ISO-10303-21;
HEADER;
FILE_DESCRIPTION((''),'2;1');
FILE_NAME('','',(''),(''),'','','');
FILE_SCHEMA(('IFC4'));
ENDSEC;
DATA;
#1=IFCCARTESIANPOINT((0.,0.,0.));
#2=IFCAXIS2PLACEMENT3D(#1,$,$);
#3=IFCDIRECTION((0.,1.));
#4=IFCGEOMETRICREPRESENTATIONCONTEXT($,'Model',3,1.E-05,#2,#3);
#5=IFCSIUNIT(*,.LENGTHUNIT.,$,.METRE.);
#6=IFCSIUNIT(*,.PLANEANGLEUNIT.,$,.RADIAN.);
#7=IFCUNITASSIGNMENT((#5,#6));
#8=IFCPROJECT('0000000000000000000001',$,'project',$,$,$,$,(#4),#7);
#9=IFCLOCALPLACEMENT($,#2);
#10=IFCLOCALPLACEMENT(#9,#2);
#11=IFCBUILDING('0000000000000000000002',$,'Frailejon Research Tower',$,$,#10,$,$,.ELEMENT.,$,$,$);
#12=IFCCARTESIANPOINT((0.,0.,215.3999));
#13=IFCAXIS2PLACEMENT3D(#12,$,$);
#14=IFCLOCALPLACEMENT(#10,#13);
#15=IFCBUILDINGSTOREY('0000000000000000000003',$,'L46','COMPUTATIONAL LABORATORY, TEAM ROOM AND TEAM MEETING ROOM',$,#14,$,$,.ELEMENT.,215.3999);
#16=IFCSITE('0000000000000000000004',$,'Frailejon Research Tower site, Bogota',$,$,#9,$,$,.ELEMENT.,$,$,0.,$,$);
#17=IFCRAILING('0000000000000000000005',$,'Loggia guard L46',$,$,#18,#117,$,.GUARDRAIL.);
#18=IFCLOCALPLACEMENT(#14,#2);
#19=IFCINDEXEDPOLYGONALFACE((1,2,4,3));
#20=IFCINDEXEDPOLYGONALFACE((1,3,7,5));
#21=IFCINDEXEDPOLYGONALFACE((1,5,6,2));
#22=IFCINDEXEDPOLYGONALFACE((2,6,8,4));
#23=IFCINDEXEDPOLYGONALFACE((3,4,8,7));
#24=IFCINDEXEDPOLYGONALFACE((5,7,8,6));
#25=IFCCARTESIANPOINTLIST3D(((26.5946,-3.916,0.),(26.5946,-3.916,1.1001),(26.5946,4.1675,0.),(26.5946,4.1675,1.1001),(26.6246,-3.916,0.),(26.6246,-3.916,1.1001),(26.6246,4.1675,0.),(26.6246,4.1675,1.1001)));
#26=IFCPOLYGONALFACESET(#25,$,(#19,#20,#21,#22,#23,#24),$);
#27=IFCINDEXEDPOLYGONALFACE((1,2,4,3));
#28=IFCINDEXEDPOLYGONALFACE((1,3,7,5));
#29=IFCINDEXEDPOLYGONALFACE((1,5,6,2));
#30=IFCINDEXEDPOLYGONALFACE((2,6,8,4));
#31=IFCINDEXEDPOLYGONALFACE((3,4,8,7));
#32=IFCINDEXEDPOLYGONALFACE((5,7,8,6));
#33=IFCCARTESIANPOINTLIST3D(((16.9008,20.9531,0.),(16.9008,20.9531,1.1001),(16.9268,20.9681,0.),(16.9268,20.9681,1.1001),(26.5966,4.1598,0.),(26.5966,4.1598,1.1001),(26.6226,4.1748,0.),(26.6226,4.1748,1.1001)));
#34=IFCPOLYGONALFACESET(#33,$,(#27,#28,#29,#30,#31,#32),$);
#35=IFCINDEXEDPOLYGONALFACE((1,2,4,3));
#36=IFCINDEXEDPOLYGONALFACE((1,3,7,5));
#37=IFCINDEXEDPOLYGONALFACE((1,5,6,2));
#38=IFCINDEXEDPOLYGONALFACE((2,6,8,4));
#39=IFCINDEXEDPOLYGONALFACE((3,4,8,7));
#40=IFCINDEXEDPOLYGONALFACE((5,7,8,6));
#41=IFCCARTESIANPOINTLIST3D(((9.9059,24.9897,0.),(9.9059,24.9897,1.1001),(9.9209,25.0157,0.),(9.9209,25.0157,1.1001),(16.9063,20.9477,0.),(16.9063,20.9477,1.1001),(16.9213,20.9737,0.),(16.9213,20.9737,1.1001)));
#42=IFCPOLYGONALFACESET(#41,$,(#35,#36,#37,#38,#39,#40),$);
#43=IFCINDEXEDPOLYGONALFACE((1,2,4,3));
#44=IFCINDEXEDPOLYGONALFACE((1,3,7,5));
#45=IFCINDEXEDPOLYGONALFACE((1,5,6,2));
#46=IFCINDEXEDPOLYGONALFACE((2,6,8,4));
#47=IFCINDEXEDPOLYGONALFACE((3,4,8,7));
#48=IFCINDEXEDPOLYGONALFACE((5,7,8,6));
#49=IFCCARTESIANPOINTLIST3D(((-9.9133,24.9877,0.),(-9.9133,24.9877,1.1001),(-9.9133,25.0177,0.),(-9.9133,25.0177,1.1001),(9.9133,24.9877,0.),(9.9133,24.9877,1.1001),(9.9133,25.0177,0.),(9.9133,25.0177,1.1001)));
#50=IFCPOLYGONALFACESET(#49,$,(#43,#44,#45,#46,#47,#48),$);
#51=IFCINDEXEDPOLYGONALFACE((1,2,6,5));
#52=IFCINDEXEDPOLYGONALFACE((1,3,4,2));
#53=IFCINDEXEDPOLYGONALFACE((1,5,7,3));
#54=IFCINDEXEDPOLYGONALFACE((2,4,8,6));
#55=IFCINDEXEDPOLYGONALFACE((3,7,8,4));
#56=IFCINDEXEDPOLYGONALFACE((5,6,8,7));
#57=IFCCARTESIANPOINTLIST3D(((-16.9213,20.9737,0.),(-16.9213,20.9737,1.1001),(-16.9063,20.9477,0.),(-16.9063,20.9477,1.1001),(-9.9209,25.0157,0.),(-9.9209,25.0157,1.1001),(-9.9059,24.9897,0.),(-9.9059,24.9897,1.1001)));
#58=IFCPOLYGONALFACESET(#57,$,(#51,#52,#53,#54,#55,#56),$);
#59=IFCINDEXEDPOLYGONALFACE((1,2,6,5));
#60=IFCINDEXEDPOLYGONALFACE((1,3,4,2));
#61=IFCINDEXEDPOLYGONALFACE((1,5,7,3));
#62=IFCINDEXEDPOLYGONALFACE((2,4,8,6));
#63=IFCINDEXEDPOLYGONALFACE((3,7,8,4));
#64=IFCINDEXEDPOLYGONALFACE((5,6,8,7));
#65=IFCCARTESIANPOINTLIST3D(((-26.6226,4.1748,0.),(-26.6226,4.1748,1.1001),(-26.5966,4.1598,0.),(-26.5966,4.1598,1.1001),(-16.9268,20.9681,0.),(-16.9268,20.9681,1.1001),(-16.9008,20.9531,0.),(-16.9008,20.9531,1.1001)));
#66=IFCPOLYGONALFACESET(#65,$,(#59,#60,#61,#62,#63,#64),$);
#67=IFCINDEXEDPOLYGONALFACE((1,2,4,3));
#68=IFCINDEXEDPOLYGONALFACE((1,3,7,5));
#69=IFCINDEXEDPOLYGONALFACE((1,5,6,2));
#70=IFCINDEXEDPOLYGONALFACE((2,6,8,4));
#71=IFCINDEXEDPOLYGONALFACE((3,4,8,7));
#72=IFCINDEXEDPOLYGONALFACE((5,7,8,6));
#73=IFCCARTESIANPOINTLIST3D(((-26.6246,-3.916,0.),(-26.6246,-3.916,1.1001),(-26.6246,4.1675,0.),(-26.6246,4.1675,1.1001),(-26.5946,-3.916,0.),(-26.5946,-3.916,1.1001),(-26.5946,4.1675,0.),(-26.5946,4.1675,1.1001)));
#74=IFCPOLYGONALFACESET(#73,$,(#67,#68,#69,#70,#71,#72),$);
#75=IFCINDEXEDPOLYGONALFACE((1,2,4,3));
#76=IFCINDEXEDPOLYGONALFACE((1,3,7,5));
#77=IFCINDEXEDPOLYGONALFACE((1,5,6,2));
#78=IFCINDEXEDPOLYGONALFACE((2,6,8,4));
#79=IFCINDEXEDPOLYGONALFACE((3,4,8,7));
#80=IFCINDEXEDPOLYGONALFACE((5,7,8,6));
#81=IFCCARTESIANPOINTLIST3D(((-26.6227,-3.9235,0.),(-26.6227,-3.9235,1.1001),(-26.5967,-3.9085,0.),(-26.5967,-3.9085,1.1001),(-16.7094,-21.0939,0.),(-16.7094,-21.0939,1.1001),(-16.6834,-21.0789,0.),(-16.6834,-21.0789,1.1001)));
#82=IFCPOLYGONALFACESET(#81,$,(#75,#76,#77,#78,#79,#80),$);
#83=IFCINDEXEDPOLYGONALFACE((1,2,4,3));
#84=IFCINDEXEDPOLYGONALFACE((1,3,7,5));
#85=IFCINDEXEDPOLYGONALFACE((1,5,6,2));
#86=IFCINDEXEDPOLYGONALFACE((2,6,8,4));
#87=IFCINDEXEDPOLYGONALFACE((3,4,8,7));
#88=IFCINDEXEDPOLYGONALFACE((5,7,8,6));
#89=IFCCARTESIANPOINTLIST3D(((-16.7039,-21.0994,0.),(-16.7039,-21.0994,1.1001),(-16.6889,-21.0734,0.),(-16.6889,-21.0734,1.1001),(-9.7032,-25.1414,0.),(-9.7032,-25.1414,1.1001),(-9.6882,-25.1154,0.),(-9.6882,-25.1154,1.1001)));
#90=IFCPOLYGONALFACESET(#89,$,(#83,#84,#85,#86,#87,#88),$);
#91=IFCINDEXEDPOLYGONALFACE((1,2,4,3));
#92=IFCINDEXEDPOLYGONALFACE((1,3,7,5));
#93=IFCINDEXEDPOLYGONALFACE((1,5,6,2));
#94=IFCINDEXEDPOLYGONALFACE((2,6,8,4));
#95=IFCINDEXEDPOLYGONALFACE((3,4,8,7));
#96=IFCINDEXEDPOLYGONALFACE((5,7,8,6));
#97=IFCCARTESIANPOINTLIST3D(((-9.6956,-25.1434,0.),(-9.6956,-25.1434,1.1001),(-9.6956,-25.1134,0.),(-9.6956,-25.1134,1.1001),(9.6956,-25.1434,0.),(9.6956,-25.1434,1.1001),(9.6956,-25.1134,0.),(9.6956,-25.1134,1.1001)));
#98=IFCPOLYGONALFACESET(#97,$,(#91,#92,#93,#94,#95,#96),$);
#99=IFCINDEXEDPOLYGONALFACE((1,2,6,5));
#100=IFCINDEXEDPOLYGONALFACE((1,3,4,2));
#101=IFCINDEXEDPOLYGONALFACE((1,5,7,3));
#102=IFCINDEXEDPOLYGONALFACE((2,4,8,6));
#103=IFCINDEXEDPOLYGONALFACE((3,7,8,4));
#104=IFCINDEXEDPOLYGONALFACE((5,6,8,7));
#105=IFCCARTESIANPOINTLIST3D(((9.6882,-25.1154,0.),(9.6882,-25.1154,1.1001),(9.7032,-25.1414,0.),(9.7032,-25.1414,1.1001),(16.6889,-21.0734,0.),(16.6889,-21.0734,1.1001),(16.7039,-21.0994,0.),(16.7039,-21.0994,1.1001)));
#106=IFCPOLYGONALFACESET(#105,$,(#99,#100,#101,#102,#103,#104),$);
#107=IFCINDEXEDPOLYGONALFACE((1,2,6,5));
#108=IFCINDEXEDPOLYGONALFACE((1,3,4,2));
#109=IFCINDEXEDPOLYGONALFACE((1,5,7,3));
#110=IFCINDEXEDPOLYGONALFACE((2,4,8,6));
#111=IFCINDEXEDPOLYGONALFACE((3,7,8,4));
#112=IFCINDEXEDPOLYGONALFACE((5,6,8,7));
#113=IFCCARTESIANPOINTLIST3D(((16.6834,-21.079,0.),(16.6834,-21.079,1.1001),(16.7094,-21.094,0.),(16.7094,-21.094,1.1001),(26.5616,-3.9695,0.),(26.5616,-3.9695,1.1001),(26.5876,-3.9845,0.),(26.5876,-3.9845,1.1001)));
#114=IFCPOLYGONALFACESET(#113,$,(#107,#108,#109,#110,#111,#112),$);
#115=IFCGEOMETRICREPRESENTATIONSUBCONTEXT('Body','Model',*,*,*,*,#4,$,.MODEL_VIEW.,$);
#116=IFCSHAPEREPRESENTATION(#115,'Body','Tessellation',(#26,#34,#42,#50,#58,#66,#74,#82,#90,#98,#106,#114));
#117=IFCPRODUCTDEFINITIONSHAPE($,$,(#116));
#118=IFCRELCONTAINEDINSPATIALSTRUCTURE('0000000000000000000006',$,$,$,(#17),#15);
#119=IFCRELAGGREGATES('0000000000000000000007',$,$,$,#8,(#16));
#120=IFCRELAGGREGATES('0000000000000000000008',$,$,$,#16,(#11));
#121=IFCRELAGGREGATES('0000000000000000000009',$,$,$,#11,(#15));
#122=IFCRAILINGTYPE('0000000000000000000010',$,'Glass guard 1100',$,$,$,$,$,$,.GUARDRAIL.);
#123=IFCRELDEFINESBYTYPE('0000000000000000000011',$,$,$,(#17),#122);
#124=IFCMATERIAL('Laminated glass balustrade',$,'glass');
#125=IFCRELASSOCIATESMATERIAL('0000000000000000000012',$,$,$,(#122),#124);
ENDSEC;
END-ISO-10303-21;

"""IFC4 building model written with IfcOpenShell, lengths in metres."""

from ifc_helpers import new_model, si_unit, direction, frame, origin, origin_2d, place, context, subcontext, project, spatial, rectangle, extrude, material, type_object, element, save


model = new_model("IFC4")

# Units and contexts
model_context = context("Model", 3, precision=1e-05, world=origin(), true_north=direction((0.0, 1.0)))
body_context = subcontext(model_context, "Body", "Model", "MODEL_VIEW")
ifc_project = project(units=[si_unit("LENGTHUNIT", "METRE"), si_unit("PLANEANGLEUNIT", "RADIAN")], contexts=[model_context])

# Site, building, storey
site_placement = place(None, origin())
site = spatial("IfcSite", under=ifc_project, at=site_placement, Name="Frailejon Research Tower site, Bogota", CompositionType="ELEMENT", RefElevation=0.0)
building_placement = place(site_placement, origin())
building = spatial("IfcBuilding", under=site, at=building_placement, Name="Frailejon Research Tower", CompositionType="ELEMENT")
storey_placement = place(building_placement, frame((0.0, 0.0, 215.3999)))
storey = spatial("IfcBuildingStorey", under=building, at=storey_placement, Name="L46", Description="COMPUTATIONAL LABORATORY, TEAM ROOM AND TEAM MEETING ROOM", CompositionType="ELEMENT", Elevation=215.3999)

# Railing
ifc_material_1 = material(Name="Laminated glass balustrade", Category="glass")
railing_type = type_object("IfcRailingType", Name="Glass guard 1100", PredefinedType="GUARDRAIL", material=ifc_material_1)
railing_placement = place(storey_placement, frame((26.6096, -3.916, 0.0)))
element("IfcRailing", 1, at=railing_placement, inside=storey, type_object=railing_type, Name="Loggia guard L46", PredefinedType="GUARDRAIL", context=body_context, shape_type="SweptSolid", body=[
    extrude(rectangle(XDim=8.0835, YDim=0.03, at=origin_2d()), frame((0.0, 4.0417, 0.0), z_axis=(0.0, 0.0, 1.0), x_axis=(0.0, 1.0, 0.0)), (0.0, 0.0, 1.0), 1.1001),
    extrude(rectangle(XDim=19.3914, YDim=0.03, at=origin_2d()), frame((-4.8479, 16.48, 0.0), z_axis=(0.0, 0.0, 1.0), x_axis=(-0.500009, 0.86602, 0.0)), (0.0, 0.0, 1.0), 1.1001),
    extrude(rectangle(XDim=8.0835, YDim=0.03, at=origin_2d()), frame((-13.196, 26.8977, 0.0), z_axis=(0.0, 0.0, 1.0), x_axis=(-0.866012, 0.500024, 0.0)), (0.0, 0.0, 1.0), 1.1001),
    extrude(rectangle(XDim=19.8267, YDim=0.03, at=origin_2d()), frame((-26.6096, 28.9187, 0.0), z_axis=(0.0, 0.0, 1.0), x_axis=(-1.0, 0.0, 0.0)), (0.0, 0.0, 1.0), 1.1001),
    extrude(rectangle(XDim=8.0835, YDim=0.03, at=origin_2d()), frame((-40.0232, 26.8977, 0.0), z_axis=(0.0, 0.0, 1.0), x_axis=(-0.866012, -0.500024, 0.0)), (0.0, 0.0, 1.0), 1.1001),
    extrude(rectangle(XDim=19.3914, YDim=0.03, at=origin_2d()), frame((-48.3713, 16.48, 0.0), z_axis=(0.0, 0.0, 1.0), x_axis=(-0.500009, -0.86602, 0.0)), (0.0, 0.0, 1.0), 1.1001),
    extrude(rectangle(XDim=8.0835, YDim=0.03, at=origin_2d()), frame((-53.2192, 4.0417, 0.0), z_axis=(0.0, 0.0, 1.0), x_axis=(0.0, -1.0, 0.0)), (0.0, 0.0, 1.0), 1.1001),
    extrude(rectangle(XDim=19.8267, YDim=0.03, at=origin_2d()), frame((-48.2627, -8.5852, 0.0), z_axis=(0.0, 0.0, 1.0), x_axis=(0.5, -0.866026, 0.0)), (0.0, 0.0, 1.0), 1.1001),
    extrude(rectangle(XDim=8.0837, YDim=0.03, at=origin_2d()), frame((-39.8057, -19.1914, 0.0), z_axis=(0.0, 0.0, 1.0), x_axis=(0.866019, -0.500011, 0.0)), (0.0, 0.0, 1.0), 1.1001),
    extrude(rectangle(XDim=19.3911, YDim=0.03, at=origin_2d()), frame((-26.6096, -21.2124, 0.0), z_axis=(0.0, 0.0, 1.0), x_axis=(1.0, 0.0, 0.0)), (0.0, 0.0, 1.0), 1.1001),
    extrude(rectangle(XDim=8.0837, YDim=0.03, at=origin_2d()), frame((-13.4136, -19.1914, 0.0), z_axis=(0.0, 0.0, 1.0), x_axis=(0.866019, 0.500011, 0.0)), (0.0, 0.0, 1.0), 1.1001),
    extrude(rectangle(XDim=19.7563, YDim=0.03, at=origin_2d()), frame((-4.9741, -8.6157, 0.0), z_axis=(0.0, 0.0, 1.0), x_axis=(0.499997, 0.866027, 0.0)), (0.0, 0.0, 1.0), 1.1001),
])

save(model, "model.ifc")
